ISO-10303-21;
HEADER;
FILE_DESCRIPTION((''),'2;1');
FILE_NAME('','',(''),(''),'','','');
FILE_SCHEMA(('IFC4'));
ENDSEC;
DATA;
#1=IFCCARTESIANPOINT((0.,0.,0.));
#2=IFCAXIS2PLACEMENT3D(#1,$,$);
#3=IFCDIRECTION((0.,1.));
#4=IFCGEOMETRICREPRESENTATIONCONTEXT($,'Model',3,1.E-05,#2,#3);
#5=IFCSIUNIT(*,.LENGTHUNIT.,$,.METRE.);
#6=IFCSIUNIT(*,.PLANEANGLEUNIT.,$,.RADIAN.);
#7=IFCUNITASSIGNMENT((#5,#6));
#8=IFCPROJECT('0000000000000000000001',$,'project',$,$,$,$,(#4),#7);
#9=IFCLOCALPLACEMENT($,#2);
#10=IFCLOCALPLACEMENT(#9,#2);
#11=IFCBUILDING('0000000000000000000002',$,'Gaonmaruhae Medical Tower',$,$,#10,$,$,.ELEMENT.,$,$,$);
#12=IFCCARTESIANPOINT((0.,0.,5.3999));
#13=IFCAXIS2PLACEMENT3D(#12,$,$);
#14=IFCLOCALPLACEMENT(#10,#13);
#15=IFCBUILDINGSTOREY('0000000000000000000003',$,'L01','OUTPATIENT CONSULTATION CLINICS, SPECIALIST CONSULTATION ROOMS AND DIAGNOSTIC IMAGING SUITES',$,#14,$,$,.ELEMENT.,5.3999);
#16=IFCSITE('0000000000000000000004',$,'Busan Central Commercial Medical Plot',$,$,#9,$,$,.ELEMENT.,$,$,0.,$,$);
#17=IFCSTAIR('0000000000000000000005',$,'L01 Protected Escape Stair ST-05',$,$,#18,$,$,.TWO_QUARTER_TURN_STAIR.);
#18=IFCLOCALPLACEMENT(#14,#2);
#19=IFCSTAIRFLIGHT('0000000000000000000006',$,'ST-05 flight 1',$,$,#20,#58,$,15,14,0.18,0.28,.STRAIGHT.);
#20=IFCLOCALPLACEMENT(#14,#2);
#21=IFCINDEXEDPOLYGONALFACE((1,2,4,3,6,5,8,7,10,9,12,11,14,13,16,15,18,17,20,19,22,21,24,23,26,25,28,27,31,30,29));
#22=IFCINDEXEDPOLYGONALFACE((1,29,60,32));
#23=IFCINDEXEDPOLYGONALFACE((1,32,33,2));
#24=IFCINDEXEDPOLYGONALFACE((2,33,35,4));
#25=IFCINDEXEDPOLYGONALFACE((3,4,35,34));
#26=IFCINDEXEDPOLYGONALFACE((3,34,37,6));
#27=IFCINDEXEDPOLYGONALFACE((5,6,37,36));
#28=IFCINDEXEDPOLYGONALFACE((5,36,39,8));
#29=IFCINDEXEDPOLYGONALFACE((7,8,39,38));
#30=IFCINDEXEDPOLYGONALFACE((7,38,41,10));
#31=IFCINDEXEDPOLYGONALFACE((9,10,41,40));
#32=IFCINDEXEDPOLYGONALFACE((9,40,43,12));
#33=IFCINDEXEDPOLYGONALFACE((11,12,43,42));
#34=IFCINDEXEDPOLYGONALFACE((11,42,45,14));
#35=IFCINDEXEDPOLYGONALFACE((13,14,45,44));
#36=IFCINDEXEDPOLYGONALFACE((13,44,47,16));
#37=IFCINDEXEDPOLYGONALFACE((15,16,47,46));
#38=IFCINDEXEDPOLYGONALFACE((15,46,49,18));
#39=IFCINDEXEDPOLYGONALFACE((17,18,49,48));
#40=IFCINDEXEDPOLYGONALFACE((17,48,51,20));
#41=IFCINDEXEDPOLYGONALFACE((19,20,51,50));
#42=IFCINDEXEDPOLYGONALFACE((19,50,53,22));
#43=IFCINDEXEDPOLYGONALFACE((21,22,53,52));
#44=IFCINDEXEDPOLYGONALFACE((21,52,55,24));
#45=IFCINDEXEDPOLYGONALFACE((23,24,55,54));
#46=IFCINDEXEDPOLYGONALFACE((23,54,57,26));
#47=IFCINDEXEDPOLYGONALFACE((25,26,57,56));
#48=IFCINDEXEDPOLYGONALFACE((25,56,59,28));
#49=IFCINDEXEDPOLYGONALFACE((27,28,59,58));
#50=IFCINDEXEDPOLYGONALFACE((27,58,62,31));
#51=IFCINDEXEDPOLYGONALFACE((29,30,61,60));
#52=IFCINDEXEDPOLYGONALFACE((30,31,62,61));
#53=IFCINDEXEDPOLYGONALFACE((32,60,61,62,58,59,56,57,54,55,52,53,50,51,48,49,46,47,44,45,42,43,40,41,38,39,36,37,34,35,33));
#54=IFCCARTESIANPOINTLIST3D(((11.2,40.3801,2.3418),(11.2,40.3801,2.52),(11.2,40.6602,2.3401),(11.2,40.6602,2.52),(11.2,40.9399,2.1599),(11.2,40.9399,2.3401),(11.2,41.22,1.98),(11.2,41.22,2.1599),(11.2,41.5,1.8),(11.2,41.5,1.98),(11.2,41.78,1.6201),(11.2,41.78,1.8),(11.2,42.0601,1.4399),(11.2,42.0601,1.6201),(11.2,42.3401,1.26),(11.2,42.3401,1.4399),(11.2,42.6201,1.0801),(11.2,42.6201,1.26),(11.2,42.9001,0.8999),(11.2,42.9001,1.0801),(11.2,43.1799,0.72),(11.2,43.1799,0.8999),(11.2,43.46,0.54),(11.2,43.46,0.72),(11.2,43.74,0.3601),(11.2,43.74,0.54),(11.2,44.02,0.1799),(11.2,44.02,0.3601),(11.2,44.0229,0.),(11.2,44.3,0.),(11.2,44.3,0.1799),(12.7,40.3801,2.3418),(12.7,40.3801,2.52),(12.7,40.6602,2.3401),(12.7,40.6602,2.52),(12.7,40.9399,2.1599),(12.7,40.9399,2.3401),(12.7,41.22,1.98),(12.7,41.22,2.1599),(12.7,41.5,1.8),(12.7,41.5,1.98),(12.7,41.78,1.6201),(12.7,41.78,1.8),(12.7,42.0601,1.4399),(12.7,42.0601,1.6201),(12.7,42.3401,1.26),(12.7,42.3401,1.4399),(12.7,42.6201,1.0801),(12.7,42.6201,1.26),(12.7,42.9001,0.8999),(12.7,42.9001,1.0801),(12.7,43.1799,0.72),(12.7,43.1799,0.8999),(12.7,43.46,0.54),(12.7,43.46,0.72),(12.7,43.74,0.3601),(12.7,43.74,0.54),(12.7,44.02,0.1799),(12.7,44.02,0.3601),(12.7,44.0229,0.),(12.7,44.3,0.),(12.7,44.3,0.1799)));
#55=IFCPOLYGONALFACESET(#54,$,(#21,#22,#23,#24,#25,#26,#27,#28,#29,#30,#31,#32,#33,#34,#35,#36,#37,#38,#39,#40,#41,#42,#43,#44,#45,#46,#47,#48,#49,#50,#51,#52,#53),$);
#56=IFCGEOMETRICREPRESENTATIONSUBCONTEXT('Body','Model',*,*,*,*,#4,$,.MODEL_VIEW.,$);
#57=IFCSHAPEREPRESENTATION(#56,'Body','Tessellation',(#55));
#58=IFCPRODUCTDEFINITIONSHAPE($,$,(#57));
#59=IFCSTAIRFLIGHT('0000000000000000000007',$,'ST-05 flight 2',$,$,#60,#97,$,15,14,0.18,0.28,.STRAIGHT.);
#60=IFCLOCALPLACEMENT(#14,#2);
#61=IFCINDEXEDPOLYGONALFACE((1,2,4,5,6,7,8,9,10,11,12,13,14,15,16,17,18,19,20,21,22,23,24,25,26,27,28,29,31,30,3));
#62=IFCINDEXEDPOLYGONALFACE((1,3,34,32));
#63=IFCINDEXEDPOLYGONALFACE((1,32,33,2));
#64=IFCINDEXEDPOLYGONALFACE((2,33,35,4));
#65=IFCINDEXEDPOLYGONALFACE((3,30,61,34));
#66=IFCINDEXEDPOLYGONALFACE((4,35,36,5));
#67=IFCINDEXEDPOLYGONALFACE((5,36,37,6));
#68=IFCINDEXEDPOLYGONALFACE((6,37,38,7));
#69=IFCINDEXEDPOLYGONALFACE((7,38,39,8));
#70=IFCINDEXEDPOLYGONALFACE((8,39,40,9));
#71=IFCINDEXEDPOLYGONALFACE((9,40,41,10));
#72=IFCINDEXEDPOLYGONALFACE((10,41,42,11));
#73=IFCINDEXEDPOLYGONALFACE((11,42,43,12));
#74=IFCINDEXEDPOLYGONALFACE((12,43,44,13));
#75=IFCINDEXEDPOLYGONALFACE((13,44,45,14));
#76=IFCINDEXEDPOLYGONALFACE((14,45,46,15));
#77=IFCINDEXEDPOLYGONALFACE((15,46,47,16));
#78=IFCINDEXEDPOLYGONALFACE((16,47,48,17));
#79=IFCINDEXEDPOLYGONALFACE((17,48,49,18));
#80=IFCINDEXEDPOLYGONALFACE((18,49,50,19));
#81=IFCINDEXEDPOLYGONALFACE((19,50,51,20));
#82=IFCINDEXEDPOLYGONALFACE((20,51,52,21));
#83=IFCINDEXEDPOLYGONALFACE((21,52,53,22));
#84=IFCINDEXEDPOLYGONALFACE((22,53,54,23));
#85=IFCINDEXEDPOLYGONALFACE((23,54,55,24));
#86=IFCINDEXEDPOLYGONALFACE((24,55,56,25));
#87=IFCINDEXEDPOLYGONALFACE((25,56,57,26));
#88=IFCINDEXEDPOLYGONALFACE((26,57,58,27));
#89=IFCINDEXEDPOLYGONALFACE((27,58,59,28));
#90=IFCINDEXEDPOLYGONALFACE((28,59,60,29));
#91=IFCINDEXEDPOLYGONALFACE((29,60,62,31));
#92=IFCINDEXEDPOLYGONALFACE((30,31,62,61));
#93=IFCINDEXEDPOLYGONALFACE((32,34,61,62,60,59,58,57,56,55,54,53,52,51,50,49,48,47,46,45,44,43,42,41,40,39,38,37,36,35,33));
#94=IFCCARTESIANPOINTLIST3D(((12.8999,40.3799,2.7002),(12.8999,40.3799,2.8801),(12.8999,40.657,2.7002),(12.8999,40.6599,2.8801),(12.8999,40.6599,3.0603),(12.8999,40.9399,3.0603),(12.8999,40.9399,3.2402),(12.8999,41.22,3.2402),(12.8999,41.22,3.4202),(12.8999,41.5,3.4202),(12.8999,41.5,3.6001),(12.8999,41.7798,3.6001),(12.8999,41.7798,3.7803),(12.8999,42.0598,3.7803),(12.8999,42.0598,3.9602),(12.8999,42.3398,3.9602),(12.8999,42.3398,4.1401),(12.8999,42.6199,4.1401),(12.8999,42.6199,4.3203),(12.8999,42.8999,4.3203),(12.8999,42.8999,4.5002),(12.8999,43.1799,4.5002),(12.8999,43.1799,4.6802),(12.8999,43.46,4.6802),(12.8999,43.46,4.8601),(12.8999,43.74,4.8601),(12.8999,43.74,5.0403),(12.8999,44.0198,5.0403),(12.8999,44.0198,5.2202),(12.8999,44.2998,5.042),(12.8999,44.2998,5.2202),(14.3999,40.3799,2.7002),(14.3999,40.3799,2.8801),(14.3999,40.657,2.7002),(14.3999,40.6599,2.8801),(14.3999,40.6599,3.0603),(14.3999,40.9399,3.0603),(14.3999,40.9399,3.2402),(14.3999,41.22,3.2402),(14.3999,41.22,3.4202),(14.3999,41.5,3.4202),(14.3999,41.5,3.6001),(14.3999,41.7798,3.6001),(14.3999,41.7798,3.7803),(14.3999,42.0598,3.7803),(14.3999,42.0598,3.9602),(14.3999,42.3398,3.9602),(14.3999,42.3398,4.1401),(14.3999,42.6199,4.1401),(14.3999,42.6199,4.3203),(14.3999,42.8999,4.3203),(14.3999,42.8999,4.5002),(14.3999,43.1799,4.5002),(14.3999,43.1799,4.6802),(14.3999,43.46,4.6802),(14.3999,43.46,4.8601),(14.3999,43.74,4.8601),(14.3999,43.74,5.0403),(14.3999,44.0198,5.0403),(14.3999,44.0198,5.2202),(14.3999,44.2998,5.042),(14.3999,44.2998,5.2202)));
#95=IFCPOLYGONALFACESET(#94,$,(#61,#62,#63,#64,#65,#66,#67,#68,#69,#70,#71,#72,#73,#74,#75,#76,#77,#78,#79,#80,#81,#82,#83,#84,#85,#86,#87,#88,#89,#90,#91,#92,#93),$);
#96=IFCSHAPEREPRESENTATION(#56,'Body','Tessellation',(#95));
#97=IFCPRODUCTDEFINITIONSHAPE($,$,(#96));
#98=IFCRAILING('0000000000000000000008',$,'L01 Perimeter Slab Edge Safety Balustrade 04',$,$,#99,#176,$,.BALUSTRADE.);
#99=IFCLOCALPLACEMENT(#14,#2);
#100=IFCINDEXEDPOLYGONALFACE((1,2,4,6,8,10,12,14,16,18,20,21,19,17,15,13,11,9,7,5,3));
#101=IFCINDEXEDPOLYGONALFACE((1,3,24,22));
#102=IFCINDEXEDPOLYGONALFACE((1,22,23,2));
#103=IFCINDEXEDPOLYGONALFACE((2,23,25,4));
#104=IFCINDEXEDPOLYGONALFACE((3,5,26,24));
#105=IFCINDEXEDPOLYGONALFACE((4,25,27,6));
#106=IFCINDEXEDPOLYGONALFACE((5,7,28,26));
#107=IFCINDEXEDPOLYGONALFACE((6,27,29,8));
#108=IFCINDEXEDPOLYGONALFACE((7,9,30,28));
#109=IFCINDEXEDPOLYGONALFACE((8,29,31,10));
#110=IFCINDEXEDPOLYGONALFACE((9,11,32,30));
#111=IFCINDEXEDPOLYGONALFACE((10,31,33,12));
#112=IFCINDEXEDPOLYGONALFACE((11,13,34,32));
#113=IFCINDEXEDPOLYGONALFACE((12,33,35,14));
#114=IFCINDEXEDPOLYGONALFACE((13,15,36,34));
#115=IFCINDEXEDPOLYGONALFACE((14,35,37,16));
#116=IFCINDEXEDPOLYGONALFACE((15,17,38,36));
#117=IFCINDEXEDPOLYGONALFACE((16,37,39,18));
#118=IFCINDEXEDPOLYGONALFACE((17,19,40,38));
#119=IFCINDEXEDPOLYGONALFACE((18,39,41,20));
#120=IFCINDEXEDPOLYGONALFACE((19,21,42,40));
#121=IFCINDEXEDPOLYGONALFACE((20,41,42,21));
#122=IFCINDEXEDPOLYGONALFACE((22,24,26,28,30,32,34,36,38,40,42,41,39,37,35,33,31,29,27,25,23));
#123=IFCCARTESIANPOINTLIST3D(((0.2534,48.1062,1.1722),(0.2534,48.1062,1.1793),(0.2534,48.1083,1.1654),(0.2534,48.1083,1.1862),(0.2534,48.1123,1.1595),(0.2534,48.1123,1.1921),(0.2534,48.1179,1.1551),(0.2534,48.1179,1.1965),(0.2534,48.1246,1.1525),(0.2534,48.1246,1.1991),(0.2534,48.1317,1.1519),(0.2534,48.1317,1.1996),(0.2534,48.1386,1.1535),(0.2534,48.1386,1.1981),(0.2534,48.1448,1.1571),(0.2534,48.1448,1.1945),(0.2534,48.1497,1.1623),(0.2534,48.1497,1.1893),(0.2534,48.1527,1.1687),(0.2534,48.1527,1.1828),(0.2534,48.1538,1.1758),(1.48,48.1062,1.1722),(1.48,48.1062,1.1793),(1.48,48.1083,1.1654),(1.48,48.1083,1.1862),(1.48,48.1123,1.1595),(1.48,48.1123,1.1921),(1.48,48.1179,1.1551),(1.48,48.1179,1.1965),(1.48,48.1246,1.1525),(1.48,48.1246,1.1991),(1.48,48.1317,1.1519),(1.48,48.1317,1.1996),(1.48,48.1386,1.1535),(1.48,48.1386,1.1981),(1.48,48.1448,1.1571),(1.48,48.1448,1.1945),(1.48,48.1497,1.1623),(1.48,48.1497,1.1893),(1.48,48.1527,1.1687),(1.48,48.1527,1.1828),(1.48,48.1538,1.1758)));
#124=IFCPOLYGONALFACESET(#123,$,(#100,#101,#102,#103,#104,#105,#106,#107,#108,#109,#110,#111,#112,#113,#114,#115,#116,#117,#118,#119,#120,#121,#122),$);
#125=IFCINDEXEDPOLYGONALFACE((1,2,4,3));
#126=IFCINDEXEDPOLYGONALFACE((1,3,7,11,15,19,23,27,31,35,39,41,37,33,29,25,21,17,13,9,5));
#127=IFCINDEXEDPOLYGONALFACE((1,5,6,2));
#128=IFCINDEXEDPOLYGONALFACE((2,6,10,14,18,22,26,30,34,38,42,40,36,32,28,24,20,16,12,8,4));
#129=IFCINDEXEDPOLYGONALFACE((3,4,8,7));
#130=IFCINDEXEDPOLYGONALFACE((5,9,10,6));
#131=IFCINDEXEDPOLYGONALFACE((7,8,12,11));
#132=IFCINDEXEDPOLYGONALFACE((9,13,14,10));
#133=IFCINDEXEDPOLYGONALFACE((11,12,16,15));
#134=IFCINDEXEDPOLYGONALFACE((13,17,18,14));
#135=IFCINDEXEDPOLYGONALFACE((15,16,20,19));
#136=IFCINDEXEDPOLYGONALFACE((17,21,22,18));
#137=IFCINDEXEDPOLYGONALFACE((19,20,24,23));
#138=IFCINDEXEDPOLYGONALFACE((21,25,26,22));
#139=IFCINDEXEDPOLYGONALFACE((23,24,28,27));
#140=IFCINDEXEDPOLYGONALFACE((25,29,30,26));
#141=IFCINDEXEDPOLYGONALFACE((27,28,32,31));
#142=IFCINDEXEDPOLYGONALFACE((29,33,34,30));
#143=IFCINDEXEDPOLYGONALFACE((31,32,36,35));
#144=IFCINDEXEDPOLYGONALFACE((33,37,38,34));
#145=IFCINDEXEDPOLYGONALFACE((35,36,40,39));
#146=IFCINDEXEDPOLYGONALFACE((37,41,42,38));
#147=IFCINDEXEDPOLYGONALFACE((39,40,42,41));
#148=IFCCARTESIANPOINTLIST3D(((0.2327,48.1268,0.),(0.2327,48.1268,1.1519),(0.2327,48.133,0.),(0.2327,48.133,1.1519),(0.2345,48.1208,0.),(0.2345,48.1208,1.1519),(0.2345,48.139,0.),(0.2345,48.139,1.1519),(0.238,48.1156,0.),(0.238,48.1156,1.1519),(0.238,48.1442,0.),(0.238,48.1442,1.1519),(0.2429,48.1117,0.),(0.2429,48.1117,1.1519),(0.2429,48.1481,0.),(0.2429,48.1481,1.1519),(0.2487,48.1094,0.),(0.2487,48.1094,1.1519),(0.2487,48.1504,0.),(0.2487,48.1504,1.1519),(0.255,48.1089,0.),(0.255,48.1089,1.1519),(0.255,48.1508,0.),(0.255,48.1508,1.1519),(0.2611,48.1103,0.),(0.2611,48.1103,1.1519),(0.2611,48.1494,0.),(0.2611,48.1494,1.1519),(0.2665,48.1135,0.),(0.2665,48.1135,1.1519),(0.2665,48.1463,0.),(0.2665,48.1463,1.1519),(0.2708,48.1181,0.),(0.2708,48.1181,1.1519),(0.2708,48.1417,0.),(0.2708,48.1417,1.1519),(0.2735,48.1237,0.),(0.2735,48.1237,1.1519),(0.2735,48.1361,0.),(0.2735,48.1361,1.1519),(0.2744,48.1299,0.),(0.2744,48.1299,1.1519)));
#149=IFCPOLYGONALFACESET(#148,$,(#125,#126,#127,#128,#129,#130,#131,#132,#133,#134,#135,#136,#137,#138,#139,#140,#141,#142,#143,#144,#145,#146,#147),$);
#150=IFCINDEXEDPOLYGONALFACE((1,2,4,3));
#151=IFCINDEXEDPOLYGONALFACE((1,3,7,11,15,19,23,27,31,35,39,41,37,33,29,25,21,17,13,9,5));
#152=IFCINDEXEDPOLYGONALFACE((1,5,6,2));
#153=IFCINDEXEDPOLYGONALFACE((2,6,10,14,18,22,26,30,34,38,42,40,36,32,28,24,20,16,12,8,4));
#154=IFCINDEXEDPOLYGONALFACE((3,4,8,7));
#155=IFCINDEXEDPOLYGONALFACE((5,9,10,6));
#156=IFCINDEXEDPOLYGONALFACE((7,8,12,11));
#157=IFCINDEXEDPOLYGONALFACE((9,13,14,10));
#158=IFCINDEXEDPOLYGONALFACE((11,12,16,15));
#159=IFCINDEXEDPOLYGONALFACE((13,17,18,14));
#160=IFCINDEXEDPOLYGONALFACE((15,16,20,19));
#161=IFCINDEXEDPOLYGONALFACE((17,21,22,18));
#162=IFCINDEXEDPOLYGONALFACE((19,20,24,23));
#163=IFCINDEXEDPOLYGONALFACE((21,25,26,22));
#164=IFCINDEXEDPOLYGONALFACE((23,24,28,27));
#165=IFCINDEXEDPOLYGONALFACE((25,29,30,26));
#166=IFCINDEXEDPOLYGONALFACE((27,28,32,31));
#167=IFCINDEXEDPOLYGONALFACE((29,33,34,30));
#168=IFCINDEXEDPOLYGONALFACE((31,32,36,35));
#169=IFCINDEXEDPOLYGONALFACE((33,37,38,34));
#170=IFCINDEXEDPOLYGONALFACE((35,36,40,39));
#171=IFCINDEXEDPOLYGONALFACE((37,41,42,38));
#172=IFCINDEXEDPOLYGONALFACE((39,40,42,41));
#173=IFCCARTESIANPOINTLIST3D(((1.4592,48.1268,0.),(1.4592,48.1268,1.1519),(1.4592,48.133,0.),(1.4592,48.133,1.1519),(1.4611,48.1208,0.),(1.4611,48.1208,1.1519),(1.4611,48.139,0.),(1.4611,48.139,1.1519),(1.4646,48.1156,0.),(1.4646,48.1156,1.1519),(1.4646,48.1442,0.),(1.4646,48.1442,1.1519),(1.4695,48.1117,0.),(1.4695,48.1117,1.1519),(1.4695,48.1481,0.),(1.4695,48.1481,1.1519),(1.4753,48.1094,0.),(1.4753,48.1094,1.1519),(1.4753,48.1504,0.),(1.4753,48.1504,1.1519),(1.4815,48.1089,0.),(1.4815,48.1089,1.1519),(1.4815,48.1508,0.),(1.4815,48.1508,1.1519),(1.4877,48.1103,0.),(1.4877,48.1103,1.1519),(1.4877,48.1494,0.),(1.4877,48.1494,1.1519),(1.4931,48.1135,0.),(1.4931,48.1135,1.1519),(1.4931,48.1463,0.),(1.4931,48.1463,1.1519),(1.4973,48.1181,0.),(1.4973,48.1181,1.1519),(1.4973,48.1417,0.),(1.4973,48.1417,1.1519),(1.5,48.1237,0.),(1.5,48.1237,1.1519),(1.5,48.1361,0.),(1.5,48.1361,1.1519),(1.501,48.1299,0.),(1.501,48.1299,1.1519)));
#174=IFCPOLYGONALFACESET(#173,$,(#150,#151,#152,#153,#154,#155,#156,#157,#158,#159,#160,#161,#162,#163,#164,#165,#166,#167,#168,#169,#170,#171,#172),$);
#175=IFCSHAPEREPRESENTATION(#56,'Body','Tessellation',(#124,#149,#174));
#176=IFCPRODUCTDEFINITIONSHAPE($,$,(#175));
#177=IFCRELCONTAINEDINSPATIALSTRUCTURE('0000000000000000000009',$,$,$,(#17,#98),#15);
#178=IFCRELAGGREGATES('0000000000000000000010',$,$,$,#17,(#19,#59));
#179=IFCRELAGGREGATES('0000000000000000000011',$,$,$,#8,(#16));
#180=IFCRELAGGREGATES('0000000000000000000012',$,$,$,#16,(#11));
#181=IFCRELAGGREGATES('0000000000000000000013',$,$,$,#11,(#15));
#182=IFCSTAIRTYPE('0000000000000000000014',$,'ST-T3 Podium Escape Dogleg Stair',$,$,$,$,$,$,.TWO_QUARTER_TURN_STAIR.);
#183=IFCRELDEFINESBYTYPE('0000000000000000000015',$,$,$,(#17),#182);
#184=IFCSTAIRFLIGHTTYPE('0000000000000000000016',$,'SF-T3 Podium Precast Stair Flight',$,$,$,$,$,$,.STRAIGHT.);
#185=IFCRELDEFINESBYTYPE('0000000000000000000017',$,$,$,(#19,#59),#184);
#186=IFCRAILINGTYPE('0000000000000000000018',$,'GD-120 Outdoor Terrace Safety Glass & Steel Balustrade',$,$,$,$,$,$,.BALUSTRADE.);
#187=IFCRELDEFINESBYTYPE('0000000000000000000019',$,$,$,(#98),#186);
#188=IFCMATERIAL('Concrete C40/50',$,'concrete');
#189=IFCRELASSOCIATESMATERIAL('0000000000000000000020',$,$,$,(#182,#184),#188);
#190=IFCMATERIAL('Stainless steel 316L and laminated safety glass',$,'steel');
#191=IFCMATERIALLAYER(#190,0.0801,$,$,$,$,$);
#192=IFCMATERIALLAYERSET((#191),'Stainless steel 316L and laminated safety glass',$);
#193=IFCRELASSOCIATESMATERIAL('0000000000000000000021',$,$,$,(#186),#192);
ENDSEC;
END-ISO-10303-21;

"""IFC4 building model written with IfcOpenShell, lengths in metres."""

from ifc_helpers import new_model, si_unit, direction, frame, origin, origin_2d, place, context, subcontext, project, spatial, polyline, circle, outline, extrude, material, layer, layer_set, type_object, element, aggregate, save


model = new_model("IFC4")

# Units and contexts
model_context = context("Model", 3, precision=1e-05, world=origin(), true_north=direction((0.0, 1.0)))
body_context = subcontext(model_context, "Body", "Model", "MODEL_VIEW")
ifc_project = project(units=[si_unit("LENGTHUNIT", "METRE"), si_unit("PLANEANGLEUNIT", "RADIAN")], contexts=[model_context])

# Site, building, storey
site_placement = place(None, origin())
site = spatial("IfcSite", under=ifc_project, at=site_placement, Name="Busan Central Commercial Medical Plot", CompositionType="ELEMENT", RefElevation=0.0)
building_placement = place(site_placement, origin())
building = spatial("IfcBuilding", under=site, at=building_placement, Name="Gaonmaruhae Medical Tower", CompositionType="ELEMENT")
storey_placement = place(building_placement, frame((0.0, 0.0, 5.3999)))
storey = spatial("IfcBuildingStorey", under=building, at=storey_placement, Name="L01", Description="OUTPATIENT CONSULTATION CLINICS, SPECIALIST CONSULTATION ROOMS AND DIAGNOSTIC IMAGING SUITES", CompositionType="ELEMENT", Elevation=5.3999)

# Stair, stair flights
ifc_material_1 = material(Name="Concrete C40/50", Category="concrete")
stair_type = type_object("IfcStairType", Name="ST-T3 Podium Escape Dogleg Stair", PredefinedType="TWO_QUARTER_TURN_STAIR", material=ifc_material_1)
stair_placement = place(storey_placement, origin())
stair = element("IfcStair", 1, at=stair_placement, inside=storey, type_object=stair_type, Name="L01 Protected Escape Stair ST-05", PredefinedType="TWO_QUARTER_TURN_STAIR")
stair_flight_type = type_object("IfcStairFlightType", Name="SF-T3 Podium Precast Stair Flight", PredefinedType="STRAIGHT", material=ifc_material_1)
stair_flight_1_placement = place(storey_placement, frame((11.95, 44.3, 0.0), z_axis=(0.0, 0.0, 1.0), x_axis=(0.0, -1.0, 0.0)))
stair_flight_1 = element("IfcStairFlight", 2, at=stair_flight_1_placement, type_object=stair_flight_type, Name="ST-05 flight 1", NumberOfRisers=15, NumberOfTreads=14, PredefinedType="STRAIGHT", RiserHeight=0.18, TreadLength=0.28, context=body_context, shape_type="SweptSolid", body=[
    extrude(outline(polyline([(0.0, 0.0), (0.0, 0.1799), (0.28, 0.1799), (0.28, 0.3601), (0.5601, 0.3601), (0.5601, 0.54), (0.8401, 0.54), (0.8401, 0.72), (1.1201, 0.72), (1.1201, 0.8999), (1.3999, 0.8999), (1.3999, 1.0801), (1.6799, 1.0801), (1.6799, 1.26), (1.96, 1.26), (1.96, 1.4399), (2.24, 1.4399), (2.24, 1.6201), (2.52, 1.6201), (2.52, 1.8), (2.8, 1.8), (2.8, 1.98), (3.0801, 1.98), (3.0801, 2.1599), (3.3601, 2.1599), (3.3601, 2.3401), (3.6399, 2.3401), (3.6399, 2.52), (3.9199, 2.52), (3.9199, 2.7), (3.9199, 2.3418), (0.2771, 0.0), (0.0, 0.0)])), frame((0.0, 0.75, 0.0), z_axis=(0.0, -1.0, 0.0), x_axis=(1.0, 0.0, 0.0)), (0.0, 0.0, 1.0), 1.5),
])
stair_flight_2_placement = place(storey_placement, frame((13.6499, 40.3799, 2.7002), z_axis=(0.0, 0.0, 1.0), x_axis=(0.0, 1.0, 0.0)))
stair_flight_2 = element("IfcStairFlight", 3, at=stair_flight_2_placement, type_object=stair_flight_type, Name="ST-05 flight 2", NumberOfRisers=15, NumberOfTreads=14, PredefinedType="STRAIGHT", RiserHeight=0.18, TreadLength=0.28, context=body_context, shape_type="SweptSolid", body=[
    extrude(outline(polyline([(0.0, 0.0), (0.0, 0.1799), (0.28, 0.1799), (0.28, 0.3601), (0.5601, 0.3601), (0.5601, 0.54), (0.8401, 0.54), (0.8401, 0.72), (1.1201, 0.72), (1.1201, 0.8999), (1.3999, 0.8999), (1.3999, 1.0801), (1.6799, 1.0801), (1.6799, 1.26), (1.96, 1.26), (1.96, 1.4399), (2.24, 1.4399), (2.24, 1.6201), (2.52, 1.6201), (2.52, 1.8), (2.8, 1.8), (2.8, 1.98), (3.0801, 1.98), (3.0801, 2.1599), (3.3601, 2.1599), (3.3601, 2.3401), (3.6399, 2.3401), (3.6399, 2.52), (3.9199, 2.52), (3.9199, 2.7), (3.9199, 2.3418), (0.2771, 0.0), (0.0, 0.0)])), frame((0.0, 0.75, 0.0), z_axis=(0.0, -1.0, 0.0), x_axis=(1.0, 0.0, 0.0)), (0.0, 0.0, 1.0), 1.5),
])
aggregate(stair, [stair_flight_1, stair_flight_2])

# Railing
ifc_material_2 = material(Name="Stainless steel 316L and laminated safety glass", Category="steel")
ifc_layer_1 = layer(ifc_material_2, 0.0801)
ifc_layer_set_1 = layer_set([ifc_layer_1], Name="Stainless steel 316L and laminated safety glass")
railing_type_1 = type_object("IfcRailingType", Name="GD-120 Outdoor Terrace Safety Glass & Steel Balustrade", PredefinedType="BALUSTRADE", material=ifc_layer_set_1)
railing_1_placement = place(storey_placement, frame((0.2534, 48.1299, 0.0)))
element("IfcRailing", 4, at=railing_1_placement, inside=storey, type_object=railing_type_1, Name="L01 Perimeter Slab Edge Safety Balustrade 04", PredefinedType="BALUSTRADE", context=body_context, shape_type="SweptSolid", body=[
    extrude(circle(Radius=0.0239, at=origin_2d()), frame((0.0, 0.0, 1.1758), z_axis=(1.0, 0.0, 0.0), x_axis=(0.0, 1.0, 0.0)), (0.0, 0.0, 1.0), 1.2266),
    extrude(circle(Radius=0.021, at=origin_2d()), origin(), (0.0, 0.0, 1.0), 1.1519),
    extrude(circle(Radius=0.021, at=origin_2d()), frame((1.2266, 0.0, 0.0)), (0.0, 0.0, 1.0), 1.1519),
])

save(model, "model.ifc")
